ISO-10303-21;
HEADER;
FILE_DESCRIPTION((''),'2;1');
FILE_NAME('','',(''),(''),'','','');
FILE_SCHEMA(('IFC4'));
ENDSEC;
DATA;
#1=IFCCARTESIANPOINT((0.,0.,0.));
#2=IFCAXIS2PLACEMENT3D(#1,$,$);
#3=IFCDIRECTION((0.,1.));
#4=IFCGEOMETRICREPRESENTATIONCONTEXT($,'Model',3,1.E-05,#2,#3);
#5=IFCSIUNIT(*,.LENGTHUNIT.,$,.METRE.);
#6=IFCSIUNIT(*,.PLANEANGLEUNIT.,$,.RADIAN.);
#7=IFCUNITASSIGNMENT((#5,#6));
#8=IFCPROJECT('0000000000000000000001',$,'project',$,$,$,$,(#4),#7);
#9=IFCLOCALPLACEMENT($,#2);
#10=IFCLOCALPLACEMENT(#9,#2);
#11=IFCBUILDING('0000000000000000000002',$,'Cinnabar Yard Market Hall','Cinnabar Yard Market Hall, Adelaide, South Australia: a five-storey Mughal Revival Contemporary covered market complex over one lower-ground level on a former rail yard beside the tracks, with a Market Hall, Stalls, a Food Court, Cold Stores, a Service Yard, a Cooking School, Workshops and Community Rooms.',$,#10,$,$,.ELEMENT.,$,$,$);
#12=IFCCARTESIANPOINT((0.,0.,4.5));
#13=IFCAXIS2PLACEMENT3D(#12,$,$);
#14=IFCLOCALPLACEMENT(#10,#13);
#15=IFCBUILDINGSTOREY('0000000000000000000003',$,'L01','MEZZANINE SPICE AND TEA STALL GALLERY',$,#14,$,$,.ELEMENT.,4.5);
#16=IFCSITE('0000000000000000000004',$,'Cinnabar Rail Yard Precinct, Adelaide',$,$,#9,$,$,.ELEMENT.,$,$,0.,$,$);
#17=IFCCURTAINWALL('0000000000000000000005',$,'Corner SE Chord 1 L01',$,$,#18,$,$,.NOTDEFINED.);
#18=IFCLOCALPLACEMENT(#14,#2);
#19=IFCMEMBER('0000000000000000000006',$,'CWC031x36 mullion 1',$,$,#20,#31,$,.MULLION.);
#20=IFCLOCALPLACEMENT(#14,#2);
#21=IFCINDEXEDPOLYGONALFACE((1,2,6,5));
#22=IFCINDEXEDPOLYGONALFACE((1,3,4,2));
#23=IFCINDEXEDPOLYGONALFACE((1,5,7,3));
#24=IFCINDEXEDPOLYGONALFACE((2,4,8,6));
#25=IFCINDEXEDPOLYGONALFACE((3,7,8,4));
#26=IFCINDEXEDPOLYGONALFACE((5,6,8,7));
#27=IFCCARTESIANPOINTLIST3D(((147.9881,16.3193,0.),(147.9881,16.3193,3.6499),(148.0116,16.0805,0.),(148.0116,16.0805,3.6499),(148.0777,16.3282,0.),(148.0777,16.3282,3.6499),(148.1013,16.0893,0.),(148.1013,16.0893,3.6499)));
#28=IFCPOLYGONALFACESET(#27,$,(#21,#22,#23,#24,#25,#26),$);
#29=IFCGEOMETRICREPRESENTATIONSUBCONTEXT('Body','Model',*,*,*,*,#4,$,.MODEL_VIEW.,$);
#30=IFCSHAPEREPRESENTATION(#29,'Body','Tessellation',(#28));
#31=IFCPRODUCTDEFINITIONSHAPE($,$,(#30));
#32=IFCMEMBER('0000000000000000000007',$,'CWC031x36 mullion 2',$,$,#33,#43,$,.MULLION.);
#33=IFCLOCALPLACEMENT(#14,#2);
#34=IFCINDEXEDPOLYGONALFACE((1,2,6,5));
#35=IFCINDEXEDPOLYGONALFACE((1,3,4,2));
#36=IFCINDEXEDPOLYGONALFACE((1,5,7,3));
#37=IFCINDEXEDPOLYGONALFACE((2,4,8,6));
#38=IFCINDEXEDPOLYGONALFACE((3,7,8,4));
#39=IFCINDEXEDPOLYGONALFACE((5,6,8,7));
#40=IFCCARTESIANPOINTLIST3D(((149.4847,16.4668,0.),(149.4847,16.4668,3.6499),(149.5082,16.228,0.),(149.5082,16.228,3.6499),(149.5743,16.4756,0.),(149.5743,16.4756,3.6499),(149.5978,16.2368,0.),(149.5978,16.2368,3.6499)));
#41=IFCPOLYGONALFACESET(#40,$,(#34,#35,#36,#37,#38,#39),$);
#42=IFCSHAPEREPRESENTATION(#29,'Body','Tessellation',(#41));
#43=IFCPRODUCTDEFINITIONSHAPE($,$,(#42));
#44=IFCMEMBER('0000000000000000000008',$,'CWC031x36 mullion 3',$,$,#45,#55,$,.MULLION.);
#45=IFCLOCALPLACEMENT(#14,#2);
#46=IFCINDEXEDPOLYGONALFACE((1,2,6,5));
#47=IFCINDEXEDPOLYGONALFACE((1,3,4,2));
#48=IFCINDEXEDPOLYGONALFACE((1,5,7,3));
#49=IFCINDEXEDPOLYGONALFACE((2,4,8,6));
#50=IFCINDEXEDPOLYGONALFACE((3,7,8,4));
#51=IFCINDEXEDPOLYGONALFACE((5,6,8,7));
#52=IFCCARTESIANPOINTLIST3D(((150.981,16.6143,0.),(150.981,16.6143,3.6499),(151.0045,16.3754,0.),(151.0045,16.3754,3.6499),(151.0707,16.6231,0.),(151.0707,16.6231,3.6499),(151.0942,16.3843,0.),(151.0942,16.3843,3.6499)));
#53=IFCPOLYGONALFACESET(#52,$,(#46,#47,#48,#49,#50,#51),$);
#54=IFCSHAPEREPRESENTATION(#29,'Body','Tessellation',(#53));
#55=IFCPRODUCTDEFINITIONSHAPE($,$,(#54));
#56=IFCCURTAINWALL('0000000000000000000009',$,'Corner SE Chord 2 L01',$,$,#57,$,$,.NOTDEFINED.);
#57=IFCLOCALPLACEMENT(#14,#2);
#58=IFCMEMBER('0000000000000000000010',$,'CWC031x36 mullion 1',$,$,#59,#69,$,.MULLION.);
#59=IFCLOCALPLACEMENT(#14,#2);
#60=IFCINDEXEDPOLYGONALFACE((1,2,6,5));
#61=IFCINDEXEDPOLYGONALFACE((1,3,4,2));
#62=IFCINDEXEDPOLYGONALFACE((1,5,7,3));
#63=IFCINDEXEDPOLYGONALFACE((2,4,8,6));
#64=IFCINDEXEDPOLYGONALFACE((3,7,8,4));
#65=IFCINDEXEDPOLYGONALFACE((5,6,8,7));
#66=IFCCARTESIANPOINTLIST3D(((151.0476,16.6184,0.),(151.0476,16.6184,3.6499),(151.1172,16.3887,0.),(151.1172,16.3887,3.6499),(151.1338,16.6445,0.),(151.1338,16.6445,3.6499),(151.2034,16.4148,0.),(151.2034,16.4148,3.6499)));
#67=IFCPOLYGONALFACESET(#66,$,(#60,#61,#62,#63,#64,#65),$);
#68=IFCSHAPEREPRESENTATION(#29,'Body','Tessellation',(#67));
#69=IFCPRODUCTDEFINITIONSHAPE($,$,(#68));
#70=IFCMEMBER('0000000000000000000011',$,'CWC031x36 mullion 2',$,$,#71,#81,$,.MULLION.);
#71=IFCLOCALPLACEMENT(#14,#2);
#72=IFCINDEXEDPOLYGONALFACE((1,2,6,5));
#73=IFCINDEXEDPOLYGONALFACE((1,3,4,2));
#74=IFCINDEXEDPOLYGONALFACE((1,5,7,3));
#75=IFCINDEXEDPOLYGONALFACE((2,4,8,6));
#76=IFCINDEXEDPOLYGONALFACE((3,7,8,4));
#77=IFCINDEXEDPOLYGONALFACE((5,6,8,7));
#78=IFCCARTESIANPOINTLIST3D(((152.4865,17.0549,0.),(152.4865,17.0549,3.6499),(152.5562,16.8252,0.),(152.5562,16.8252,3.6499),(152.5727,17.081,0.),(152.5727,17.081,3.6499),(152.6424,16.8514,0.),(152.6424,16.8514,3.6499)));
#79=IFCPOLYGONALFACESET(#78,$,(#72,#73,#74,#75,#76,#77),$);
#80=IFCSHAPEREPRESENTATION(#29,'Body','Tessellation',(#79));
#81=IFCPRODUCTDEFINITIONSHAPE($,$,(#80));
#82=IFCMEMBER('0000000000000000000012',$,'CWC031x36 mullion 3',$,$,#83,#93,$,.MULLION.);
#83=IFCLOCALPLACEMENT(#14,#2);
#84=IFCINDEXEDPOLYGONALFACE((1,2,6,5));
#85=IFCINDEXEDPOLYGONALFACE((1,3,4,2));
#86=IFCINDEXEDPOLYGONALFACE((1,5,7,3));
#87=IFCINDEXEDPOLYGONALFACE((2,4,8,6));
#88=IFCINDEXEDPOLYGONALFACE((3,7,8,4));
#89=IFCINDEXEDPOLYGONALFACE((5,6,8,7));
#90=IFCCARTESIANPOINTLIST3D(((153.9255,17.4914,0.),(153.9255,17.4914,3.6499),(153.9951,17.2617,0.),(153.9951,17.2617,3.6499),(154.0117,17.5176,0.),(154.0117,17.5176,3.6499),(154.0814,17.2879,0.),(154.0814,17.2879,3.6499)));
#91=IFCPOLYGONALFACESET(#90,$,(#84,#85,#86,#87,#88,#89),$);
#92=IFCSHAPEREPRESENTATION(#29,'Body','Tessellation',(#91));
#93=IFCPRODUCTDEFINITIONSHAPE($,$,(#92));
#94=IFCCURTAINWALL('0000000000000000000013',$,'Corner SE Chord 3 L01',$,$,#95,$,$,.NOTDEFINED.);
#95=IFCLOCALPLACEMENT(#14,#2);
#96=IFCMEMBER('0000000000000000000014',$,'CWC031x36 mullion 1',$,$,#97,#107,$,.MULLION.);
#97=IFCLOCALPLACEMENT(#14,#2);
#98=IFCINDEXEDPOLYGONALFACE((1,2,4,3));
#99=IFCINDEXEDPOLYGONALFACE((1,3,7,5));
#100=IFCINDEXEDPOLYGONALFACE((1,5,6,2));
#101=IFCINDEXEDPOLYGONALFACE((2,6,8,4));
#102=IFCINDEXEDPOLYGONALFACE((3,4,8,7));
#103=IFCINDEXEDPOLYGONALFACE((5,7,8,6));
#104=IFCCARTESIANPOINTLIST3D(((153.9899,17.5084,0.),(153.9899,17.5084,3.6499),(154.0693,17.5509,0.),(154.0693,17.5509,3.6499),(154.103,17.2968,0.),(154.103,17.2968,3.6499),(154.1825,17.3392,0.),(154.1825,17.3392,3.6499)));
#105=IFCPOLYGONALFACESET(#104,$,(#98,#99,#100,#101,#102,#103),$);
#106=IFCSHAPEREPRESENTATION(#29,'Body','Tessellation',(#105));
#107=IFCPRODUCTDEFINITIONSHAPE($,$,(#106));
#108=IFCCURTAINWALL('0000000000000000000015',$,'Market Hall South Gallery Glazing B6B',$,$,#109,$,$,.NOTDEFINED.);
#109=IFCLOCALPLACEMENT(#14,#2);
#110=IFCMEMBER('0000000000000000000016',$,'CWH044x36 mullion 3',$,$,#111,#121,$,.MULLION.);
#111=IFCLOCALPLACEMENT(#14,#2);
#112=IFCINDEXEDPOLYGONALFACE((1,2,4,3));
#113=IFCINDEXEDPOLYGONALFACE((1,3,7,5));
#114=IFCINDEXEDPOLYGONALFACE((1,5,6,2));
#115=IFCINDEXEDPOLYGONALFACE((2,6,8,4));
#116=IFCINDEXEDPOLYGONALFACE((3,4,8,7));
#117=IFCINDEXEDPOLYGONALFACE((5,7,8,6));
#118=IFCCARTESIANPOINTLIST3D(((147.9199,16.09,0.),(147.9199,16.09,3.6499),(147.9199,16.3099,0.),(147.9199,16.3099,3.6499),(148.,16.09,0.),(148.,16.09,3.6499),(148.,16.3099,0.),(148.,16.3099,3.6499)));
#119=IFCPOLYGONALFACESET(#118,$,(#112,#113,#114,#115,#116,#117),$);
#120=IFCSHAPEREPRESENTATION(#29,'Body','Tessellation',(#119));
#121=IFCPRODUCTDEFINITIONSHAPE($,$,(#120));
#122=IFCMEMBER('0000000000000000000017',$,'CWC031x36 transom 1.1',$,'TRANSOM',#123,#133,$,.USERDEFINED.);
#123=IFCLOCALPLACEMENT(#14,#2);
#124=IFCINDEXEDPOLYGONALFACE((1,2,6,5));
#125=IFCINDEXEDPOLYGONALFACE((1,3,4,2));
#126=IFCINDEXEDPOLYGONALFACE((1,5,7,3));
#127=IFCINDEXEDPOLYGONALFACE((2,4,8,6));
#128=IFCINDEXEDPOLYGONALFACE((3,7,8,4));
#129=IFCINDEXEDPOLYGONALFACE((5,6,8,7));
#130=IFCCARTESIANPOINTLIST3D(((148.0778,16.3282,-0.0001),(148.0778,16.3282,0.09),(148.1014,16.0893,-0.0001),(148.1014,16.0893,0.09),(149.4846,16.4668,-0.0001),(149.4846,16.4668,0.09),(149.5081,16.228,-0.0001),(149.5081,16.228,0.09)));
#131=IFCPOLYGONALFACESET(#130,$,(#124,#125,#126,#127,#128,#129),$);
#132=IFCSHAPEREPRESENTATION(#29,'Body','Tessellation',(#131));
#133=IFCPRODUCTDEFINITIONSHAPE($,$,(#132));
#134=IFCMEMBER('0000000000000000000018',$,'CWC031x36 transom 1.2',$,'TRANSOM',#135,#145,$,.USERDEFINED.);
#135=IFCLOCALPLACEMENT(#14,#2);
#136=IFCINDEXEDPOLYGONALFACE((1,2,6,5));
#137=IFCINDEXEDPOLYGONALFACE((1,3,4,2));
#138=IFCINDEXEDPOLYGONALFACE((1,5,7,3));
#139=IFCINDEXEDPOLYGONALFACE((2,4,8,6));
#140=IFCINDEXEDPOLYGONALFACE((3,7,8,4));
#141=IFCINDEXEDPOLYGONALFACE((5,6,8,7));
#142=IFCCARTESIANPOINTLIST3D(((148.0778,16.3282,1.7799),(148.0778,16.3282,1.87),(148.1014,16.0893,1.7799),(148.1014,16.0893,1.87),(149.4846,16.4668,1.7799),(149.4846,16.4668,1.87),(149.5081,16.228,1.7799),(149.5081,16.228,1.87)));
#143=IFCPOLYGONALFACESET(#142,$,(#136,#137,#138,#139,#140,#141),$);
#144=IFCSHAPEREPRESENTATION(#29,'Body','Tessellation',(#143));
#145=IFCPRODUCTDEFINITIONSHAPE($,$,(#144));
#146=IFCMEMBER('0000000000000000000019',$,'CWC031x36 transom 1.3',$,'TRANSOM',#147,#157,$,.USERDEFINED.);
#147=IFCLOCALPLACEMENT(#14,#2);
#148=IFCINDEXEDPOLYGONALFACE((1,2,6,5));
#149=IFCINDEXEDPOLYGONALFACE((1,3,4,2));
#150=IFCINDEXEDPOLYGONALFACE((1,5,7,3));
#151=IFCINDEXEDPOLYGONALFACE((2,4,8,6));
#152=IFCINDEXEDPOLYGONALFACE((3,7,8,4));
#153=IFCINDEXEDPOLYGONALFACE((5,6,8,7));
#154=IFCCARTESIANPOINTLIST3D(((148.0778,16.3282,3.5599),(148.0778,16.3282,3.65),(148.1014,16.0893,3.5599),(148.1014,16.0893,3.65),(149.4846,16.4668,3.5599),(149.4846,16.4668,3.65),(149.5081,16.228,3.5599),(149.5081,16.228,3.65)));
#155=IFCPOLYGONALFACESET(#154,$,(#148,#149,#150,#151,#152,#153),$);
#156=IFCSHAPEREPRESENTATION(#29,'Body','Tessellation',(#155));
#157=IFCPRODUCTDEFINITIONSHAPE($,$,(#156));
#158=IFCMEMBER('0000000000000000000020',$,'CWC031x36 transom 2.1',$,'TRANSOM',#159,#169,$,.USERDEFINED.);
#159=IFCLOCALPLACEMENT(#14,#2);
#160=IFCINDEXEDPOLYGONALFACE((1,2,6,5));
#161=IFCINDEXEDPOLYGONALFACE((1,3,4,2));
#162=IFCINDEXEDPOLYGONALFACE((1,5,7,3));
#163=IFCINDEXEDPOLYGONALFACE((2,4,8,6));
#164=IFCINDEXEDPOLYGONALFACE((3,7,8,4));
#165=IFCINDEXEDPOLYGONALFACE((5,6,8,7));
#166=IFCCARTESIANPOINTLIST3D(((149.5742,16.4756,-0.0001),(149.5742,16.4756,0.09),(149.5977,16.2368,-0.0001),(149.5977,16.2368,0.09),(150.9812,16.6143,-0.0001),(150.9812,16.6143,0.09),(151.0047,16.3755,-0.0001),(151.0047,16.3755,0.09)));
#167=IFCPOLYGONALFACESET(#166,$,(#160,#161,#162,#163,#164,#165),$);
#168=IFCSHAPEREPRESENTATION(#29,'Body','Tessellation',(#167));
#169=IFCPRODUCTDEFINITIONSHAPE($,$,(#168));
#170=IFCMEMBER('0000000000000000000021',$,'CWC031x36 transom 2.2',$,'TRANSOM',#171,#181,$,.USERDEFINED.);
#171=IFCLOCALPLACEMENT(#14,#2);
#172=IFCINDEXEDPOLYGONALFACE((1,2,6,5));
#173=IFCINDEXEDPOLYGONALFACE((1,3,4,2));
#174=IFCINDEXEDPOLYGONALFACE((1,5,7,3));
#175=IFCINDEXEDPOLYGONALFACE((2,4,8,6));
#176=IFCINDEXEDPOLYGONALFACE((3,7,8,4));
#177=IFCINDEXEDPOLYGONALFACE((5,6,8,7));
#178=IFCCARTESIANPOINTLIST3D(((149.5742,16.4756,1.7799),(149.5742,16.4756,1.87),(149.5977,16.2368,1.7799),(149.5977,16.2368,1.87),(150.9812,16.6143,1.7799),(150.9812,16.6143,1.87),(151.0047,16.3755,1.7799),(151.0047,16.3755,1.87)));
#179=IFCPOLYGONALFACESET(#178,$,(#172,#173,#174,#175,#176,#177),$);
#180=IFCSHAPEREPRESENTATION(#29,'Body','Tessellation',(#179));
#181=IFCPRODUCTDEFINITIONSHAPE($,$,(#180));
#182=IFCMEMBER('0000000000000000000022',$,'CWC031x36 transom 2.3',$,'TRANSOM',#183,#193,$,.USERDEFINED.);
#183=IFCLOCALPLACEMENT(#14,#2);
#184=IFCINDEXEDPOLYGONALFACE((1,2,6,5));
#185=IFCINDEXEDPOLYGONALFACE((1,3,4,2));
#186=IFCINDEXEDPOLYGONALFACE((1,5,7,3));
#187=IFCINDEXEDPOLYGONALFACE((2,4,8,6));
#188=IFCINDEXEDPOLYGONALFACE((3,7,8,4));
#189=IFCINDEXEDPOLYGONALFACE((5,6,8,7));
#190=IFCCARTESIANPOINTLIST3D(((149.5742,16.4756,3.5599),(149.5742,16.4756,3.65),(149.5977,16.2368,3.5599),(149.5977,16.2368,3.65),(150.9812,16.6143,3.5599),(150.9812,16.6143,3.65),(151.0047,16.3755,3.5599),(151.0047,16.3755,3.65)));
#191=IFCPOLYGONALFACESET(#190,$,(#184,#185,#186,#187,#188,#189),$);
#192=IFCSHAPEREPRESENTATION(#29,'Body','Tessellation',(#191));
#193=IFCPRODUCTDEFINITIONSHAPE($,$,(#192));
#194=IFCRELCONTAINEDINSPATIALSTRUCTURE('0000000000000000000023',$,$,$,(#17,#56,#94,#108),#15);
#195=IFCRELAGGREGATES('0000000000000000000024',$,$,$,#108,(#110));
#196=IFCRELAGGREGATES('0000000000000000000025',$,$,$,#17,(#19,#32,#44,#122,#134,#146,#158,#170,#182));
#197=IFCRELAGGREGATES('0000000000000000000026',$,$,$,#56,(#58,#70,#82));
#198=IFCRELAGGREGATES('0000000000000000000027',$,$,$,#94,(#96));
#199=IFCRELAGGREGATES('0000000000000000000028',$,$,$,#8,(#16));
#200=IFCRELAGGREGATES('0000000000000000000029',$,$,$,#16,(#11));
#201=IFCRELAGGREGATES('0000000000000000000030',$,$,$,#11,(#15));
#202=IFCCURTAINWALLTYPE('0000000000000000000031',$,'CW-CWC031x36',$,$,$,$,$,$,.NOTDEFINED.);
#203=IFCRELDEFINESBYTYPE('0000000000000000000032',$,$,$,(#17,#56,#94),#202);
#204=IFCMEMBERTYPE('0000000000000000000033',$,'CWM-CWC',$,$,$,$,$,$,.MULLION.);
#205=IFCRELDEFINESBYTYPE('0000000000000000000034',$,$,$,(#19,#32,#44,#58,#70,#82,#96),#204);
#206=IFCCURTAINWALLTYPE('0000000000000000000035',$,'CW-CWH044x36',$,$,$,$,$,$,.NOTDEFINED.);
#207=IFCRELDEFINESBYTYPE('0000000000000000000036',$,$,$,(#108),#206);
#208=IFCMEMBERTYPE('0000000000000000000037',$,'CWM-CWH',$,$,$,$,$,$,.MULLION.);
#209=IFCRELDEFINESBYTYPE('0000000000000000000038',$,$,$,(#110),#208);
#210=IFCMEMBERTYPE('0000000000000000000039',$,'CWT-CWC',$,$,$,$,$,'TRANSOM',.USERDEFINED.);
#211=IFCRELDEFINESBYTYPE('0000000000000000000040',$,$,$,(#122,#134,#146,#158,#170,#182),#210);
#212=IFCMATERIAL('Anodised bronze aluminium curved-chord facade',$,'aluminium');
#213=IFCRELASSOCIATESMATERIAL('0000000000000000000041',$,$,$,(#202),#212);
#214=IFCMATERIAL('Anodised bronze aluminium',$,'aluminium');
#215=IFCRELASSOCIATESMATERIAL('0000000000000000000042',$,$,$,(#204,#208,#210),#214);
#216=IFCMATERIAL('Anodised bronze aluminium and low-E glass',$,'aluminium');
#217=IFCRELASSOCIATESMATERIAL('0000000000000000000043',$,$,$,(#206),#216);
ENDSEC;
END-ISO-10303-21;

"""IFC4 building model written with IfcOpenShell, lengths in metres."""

from ifc_helpers import new_model, si_unit, direction, frame, origin, origin_2d_with_axis, place, context, subcontext, project, spatial, rectangle, extrude, material, material_profile, profile_set, type_object, element, aggregate, save


model = new_model("IFC4")

# Units and contexts
model_context = context("Model", 3, precision=1e-05, world=origin(), true_north=direction((0.0, 1.0)))
body_context = subcontext(model_context, "Body", "Model", "MODEL_VIEW")
ifc_project = project(units=[si_unit("LENGTHUNIT", "METRE"), si_unit("PLANEANGLEUNIT", "RADIAN")], contexts=[model_context])

# Site, building, storey
site_placement = place(None, origin())
site = spatial("IfcSite", under=ifc_project, at=site_placement, Name="Cinnabar Rail Yard Precinct, Adelaide", CompositionType="ELEMENT", RefElevation=0.0)
building_placement = place(site_placement, origin())
building = spatial("IfcBuilding", under=site, at=building_placement, Name="Cinnabar Yard Market Hall", Description="Cinnabar Yard Market Hall, Adelaide, South Australia: a five-storey Mughal Revival Contemporary covered market complex over one lower-ground level on a former rail yard beside the tracks, with a Market Hall, Stalls, a Food Court, Cold Stores, a Service Yard, a Cooking School, Workshops and Community Rooms.", CompositionType="ELEMENT")
storey_placement = place(building_placement, frame((0.0, 0.0, 4.5)))
storey = spatial("IfcBuildingStorey", under=building, at=storey_placement, Name="L01", Description="MEZZANINE SPICE AND TEA STALL GALLERY", CompositionType="ELEMENT", Elevation=4.5)

# Curtain walls, members
ifc_material_1 = material(Name="Anodised bronze aluminium curved-chord facade", Category="aluminium")
curtain_wall_type_1 = type_object("IfcCurtainWallType", Name="CW-CWC031x36", PredefinedType="NOTDEFINED", material=ifc_material_1)
curtain_wall_1_placement = place(storey_placement, origin())
curtain_wall_1 = element("IfcCurtainWall", 1, at=curtain_wall_1_placement, inside=storey, type_object=curtain_wall_type_1, Name="Corner SE Chord 1 L01", PredefinedType="NOTDEFINED")
ifc_material_2 = material(Name="Anodised bronze aluminium", Category="aluminium")
ifc_material_profile_1 = material_profile(ifc_material_2, rectangle(XDim=0.24, YDim=0.0901, at=origin_2d_with_axis()), Name="MUL-CWC")
ifc_profile_set_1 = profile_set([ifc_material_profile_1], Name="Anodised bronze aluminium")
member_type_1 = type_object("IfcMemberType", Name="CWM-CWC", PredefinedType="MULLION", material=ifc_profile_set_1)
member_1_placement = place(storey_placement, frame((148.0447, 16.2043, 0.0), z_axis=(0.0, 0.0, 1.0), x_axis=(-0.09802, 0.995184, 0.0)))
member_1 = element("IfcMember", 2, at=member_1_placement, type_object=member_type_1, Name="CWC031x36 mullion 1", PredefinedType="MULLION", context=body_context, shape_type="SweptSolid", body=[
    extrude(rectangle(XDim=0.24, YDim=0.0901, at=origin_2d_with_axis()), origin(), (0.0, 0.0, 1.0), 3.6499),
])
member_2_placement = place(storey_placement, frame((149.5413, 16.3518, 0.0), z_axis=(0.0, 0.0, 1.0), x_axis=(-0.09802, 0.995184, 0.0)))
member_2 = element("IfcMember", 3, at=member_2_placement, type_object=member_type_1, Name="CWC031x36 mullion 2", PredefinedType="MULLION", context=body_context, shape_type="SweptSolid", body=[
    extrude(rectangle(XDim=0.24, YDim=0.0901, at=origin_2d_with_axis()), origin(), (0.0, 0.0, 1.0), 3.6499),
])
member_3_placement = place(storey_placement, frame((151.0376, 16.4993, 0.0), z_axis=(0.0, 0.0, 1.0), x_axis=(-0.09802, 0.995184, 0.0)))
member_3 = element("IfcMember", 4, at=member_3_placement, type_object=member_type_1, Name="CWC031x36 mullion 3", PredefinedType="MULLION", context=body_context, shape_type="SweptSolid", body=[
    extrude(rectangle(XDim=0.24, YDim=0.0901, at=origin_2d_with_axis()), origin(), (0.0, 0.0, 1.0), 3.6499),
])
curtain_wall_2_placement = place(storey_placement, origin())
curtain_wall_2 = element("IfcCurtainWall", 5, at=curtain_wall_2_placement, inside=storey, type_object=curtain_wall_type_1, Name="Corner SE Chord 2 L01", PredefinedType="NOTDEFINED")
member_4_placement = place(storey_placement, frame((151.1255, 16.5166, 0.0), z_axis=(0.0, 0.0, 1.0), x_axis=(-0.290279, 0.956942, 0.0)))
member_4 = element("IfcMember", 6, at=member_4_placement, type_object=member_type_1, Name="CWC031x36 mullion 1", PredefinedType="MULLION", context=body_context, shape_type="SweptSolid", body=[
    extrude(rectangle(XDim=0.24, YDim=0.0901, at=origin_2d_with_axis()), origin(), (0.0, 0.0, 1.0), 3.6499),
])
member_5_placement = place(storey_placement, frame((152.5645, 16.9531, 0.0), z_axis=(0.0, 0.0, 1.0), x_axis=(-0.290279, 0.956942, 0.0)))
member_5 = element("IfcMember", 7, at=member_5_placement, type_object=member_type_1, Name="CWC031x36 mullion 2", PredefinedType="MULLION", context=body_context, shape_type="SweptSolid", body=[
    extrude(rectangle(XDim=0.24, YDim=0.0901, at=origin_2d_with_axis()), origin(), (0.0, 0.0, 1.0), 3.6499),
])
member_6_placement = place(storey_placement, frame((154.0034, 17.3896, 0.0), z_axis=(0.0, 0.0, 1.0), x_axis=(-0.290279, 0.956942, 0.0)))
member_6 = element("IfcMember", 8, at=member_6_placement, type_object=member_type_1, Name="CWC031x36 mullion 3", PredefinedType="MULLION", context=body_context, shape_type="SweptSolid", body=[
    extrude(rectangle(XDim=0.24, YDim=0.0901, at=origin_2d_with_axis()), origin(), (0.0, 0.0, 1.0), 3.6499),
])

# Curtain walls, members
curtain_wall_3_placement = place(storey_placement, origin())
curtain_wall_3 = element("IfcCurtainWall", 9, at=curtain_wall_3_placement, inside=storey, type_object=curtain_wall_type_1, Name="Corner SE Chord 3 L01", PredefinedType="NOTDEFINED")
member_7_placement = place(storey_placement, frame((154.0862, 17.4238, 0.0), z_axis=(0.0, 0.0, 1.0), x_axis=(-0.471404, 0.881917, 0.0)))
member_7 = element("IfcMember", 10, at=member_7_placement, type_object=member_type_1, Name="CWC031x36 mullion 1", PredefinedType="MULLION", context=body_context, shape_type="SweptSolid", body=[
    extrude(rectangle(XDim=0.24, YDim=0.0901, at=origin_2d_with_axis()), origin(), (0.0, 0.0, 1.0), 3.6499),
])
ifc_material_3 = material(Name="Anodised bronze aluminium and low-E glass", Category="aluminium")
curtain_wall_type_2 = type_object("IfcCurtainWallType", Name="CW-CWH044x36", PredefinedType="NOTDEFINED", material=ifc_material_3)
curtain_wall_4_placement = place(storey_placement, origin())
curtain_wall_4 = element("IfcCurtainWall", 11, at=curtain_wall_4_placement, inside=storey, type_object=curtain_wall_type_2, Name="Market Hall South Gallery Glazing B6B", PredefinedType="NOTDEFINED")
ifc_material_profile_2 = material_profile(ifc_material_2, rectangle(XDim=0.22, YDim=0.0801, at=origin_2d_with_axis()), Name="MUL-CWH")
ifc_profile_set_2 = profile_set([ifc_material_profile_2], Name="Anodised bronze aluminium")
member_type_2 = type_object("IfcMemberType", Name="CWM-CWH", PredefinedType="MULLION", material=ifc_profile_set_2)
member_8_placement = place(storey_placement, frame((147.96, 16.2, 0.0), z_axis=(0.0, 0.0, 1.0), x_axis=(0.0, 1.0, 0.0)))
member_8 = element("IfcMember", 12, at=member_8_placement, type_object=member_type_2, Name="CWH044x36 mullion 3", PredefinedType="MULLION", context=body_context, shape_type="SweptSolid", body=[
    extrude(rectangle(XDim=0.22, YDim=0.0801, at=origin_2d_with_axis()), origin(), (0.0, 0.0, 1.0), 3.6499),
])
aggregate(curtain_wall_4, [member_8])

# Members
ifc_material_profile_3 = material_profile(ifc_material_2, rectangle(XDim=0.24, YDim=0.0901, at=origin_2d_with_axis()), Name="TRN-CWC")
ifc_profile_set_3 = profile_set([ifc_material_profile_3], Name="Anodised bronze aluminium")
member_type_3 = type_object("IfcMemberType", Name="CWT-CWC", ElementType="TRANSOM", PredefinedType="USERDEFINED", material=ifc_profile_set_3)
member_9_placement = place(storey_placement, frame((148.0896, 16.2087, 0.0449), z_axis=(0.995176, 0.098101, 0.0), x_axis=(-0.098101, 0.995176, 0.0)))
member_9 = element("IfcMember", 13, at=member_9_placement, type_object=member_type_3, Name="CWC031x36 transom 1.1", ObjectType="TRANSOM", PredefinedType="USERDEFINED", context=body_context, shape_type="SweptSolid", body=[
    extrude(rectangle(XDim=0.24, YDim=0.0901, at=origin_2d_with_axis()), origin(), (0.0, 0.0, 1.0), 1.4136),
])
member_10_placement = place(storey_placement, frame((148.0896, 16.2087, 1.825), z_axis=(0.995176, 0.098101, 0.0), x_axis=(-0.098101, 0.995176, 0.0)))
member_10 = element("IfcMember", 14, at=member_10_placement, type_object=member_type_3, Name="CWC031x36 transom 1.2", ObjectType="TRANSOM", PredefinedType="USERDEFINED", context=body_context, shape_type="SweptSolid", body=[
    extrude(rectangle(XDim=0.24, YDim=0.0901, at=origin_2d_with_axis()), origin(), (0.0, 0.0, 1.0), 1.4136),
])
member_11_placement = place(storey_placement, frame((148.0896, 16.2087, 3.605), z_axis=(0.995176, 0.098101, 0.0), x_axis=(-0.098101, 0.995176, 0.0)))
member_11 = element("IfcMember", 15, at=member_11_placement, type_object=member_type_3, Name="CWC031x36 transom 1.3", ObjectType="TRANSOM", PredefinedType="USERDEFINED", context=body_context, shape_type="SweptSolid", body=[
    extrude(rectangle(XDim=0.24, YDim=0.0901, at=origin_2d_with_axis()), origin(), (0.0, 0.0, 1.0), 1.4136),
])
member_12_placement = place(storey_placement, frame((149.5859, 16.3562, 0.0449), z_axis=(0.995178, 0.098085, 0.0), x_axis=(-0.098085, 0.995178, 0.0)))
member_12 = element("IfcMember", 16, at=member_12_placement, type_object=member_type_3, Name="CWC031x36 transom 2.1", ObjectType="TRANSOM", PredefinedType="USERDEFINED", context=body_context, shape_type="SweptSolid", body=[
    extrude(rectangle(XDim=0.24, YDim=0.0901, at=origin_2d_with_axis()), origin(), (0.0, 0.0, 1.0), 1.4138),
])
member_13_placement = place(storey_placement, frame((149.5859, 16.3562, 1.825), z_axis=(0.995178, 0.098085, 0.0), x_axis=(-0.098085, 0.995178, 0.0)))
member_13 = element("IfcMember", 17, at=member_13_placement, type_object=member_type_3, Name="CWC031x36 transom 2.2", ObjectType="TRANSOM", PredefinedType="USERDEFINED", context=body_context, shape_type="SweptSolid", body=[
    extrude(rectangle(XDim=0.24, YDim=0.0901, at=origin_2d_with_axis()), origin(), (0.0, 0.0, 1.0), 1.4138),
])
member_14_placement = place(storey_placement, frame((149.5859, 16.3562, 3.605), z_axis=(0.995178, 0.098085, 0.0), x_axis=(-0.098085, 0.995178, 0.0)))
member_14 = element("IfcMember", 18, at=member_14_placement, type_object=member_type_3, Name="CWC031x36 transom 2.3", ObjectType="TRANSOM", PredefinedType="USERDEFINED", context=body_context, shape_type="SweptSolid", body=[
    extrude(rectangle(XDim=0.24, YDim=0.0901, at=origin_2d_with_axis()), origin(), (0.0, 0.0, 1.0), 1.4138),
])

aggregate(curtain_wall_1, [member_1, member_2, member_3, member_9, member_10, member_11, member_12, member_13, member_14])
aggregate(curtain_wall_2, [member_4, member_5, member_6])
aggregate(curtain_wall_3, [member_7])

save(model, "model.ifc")
